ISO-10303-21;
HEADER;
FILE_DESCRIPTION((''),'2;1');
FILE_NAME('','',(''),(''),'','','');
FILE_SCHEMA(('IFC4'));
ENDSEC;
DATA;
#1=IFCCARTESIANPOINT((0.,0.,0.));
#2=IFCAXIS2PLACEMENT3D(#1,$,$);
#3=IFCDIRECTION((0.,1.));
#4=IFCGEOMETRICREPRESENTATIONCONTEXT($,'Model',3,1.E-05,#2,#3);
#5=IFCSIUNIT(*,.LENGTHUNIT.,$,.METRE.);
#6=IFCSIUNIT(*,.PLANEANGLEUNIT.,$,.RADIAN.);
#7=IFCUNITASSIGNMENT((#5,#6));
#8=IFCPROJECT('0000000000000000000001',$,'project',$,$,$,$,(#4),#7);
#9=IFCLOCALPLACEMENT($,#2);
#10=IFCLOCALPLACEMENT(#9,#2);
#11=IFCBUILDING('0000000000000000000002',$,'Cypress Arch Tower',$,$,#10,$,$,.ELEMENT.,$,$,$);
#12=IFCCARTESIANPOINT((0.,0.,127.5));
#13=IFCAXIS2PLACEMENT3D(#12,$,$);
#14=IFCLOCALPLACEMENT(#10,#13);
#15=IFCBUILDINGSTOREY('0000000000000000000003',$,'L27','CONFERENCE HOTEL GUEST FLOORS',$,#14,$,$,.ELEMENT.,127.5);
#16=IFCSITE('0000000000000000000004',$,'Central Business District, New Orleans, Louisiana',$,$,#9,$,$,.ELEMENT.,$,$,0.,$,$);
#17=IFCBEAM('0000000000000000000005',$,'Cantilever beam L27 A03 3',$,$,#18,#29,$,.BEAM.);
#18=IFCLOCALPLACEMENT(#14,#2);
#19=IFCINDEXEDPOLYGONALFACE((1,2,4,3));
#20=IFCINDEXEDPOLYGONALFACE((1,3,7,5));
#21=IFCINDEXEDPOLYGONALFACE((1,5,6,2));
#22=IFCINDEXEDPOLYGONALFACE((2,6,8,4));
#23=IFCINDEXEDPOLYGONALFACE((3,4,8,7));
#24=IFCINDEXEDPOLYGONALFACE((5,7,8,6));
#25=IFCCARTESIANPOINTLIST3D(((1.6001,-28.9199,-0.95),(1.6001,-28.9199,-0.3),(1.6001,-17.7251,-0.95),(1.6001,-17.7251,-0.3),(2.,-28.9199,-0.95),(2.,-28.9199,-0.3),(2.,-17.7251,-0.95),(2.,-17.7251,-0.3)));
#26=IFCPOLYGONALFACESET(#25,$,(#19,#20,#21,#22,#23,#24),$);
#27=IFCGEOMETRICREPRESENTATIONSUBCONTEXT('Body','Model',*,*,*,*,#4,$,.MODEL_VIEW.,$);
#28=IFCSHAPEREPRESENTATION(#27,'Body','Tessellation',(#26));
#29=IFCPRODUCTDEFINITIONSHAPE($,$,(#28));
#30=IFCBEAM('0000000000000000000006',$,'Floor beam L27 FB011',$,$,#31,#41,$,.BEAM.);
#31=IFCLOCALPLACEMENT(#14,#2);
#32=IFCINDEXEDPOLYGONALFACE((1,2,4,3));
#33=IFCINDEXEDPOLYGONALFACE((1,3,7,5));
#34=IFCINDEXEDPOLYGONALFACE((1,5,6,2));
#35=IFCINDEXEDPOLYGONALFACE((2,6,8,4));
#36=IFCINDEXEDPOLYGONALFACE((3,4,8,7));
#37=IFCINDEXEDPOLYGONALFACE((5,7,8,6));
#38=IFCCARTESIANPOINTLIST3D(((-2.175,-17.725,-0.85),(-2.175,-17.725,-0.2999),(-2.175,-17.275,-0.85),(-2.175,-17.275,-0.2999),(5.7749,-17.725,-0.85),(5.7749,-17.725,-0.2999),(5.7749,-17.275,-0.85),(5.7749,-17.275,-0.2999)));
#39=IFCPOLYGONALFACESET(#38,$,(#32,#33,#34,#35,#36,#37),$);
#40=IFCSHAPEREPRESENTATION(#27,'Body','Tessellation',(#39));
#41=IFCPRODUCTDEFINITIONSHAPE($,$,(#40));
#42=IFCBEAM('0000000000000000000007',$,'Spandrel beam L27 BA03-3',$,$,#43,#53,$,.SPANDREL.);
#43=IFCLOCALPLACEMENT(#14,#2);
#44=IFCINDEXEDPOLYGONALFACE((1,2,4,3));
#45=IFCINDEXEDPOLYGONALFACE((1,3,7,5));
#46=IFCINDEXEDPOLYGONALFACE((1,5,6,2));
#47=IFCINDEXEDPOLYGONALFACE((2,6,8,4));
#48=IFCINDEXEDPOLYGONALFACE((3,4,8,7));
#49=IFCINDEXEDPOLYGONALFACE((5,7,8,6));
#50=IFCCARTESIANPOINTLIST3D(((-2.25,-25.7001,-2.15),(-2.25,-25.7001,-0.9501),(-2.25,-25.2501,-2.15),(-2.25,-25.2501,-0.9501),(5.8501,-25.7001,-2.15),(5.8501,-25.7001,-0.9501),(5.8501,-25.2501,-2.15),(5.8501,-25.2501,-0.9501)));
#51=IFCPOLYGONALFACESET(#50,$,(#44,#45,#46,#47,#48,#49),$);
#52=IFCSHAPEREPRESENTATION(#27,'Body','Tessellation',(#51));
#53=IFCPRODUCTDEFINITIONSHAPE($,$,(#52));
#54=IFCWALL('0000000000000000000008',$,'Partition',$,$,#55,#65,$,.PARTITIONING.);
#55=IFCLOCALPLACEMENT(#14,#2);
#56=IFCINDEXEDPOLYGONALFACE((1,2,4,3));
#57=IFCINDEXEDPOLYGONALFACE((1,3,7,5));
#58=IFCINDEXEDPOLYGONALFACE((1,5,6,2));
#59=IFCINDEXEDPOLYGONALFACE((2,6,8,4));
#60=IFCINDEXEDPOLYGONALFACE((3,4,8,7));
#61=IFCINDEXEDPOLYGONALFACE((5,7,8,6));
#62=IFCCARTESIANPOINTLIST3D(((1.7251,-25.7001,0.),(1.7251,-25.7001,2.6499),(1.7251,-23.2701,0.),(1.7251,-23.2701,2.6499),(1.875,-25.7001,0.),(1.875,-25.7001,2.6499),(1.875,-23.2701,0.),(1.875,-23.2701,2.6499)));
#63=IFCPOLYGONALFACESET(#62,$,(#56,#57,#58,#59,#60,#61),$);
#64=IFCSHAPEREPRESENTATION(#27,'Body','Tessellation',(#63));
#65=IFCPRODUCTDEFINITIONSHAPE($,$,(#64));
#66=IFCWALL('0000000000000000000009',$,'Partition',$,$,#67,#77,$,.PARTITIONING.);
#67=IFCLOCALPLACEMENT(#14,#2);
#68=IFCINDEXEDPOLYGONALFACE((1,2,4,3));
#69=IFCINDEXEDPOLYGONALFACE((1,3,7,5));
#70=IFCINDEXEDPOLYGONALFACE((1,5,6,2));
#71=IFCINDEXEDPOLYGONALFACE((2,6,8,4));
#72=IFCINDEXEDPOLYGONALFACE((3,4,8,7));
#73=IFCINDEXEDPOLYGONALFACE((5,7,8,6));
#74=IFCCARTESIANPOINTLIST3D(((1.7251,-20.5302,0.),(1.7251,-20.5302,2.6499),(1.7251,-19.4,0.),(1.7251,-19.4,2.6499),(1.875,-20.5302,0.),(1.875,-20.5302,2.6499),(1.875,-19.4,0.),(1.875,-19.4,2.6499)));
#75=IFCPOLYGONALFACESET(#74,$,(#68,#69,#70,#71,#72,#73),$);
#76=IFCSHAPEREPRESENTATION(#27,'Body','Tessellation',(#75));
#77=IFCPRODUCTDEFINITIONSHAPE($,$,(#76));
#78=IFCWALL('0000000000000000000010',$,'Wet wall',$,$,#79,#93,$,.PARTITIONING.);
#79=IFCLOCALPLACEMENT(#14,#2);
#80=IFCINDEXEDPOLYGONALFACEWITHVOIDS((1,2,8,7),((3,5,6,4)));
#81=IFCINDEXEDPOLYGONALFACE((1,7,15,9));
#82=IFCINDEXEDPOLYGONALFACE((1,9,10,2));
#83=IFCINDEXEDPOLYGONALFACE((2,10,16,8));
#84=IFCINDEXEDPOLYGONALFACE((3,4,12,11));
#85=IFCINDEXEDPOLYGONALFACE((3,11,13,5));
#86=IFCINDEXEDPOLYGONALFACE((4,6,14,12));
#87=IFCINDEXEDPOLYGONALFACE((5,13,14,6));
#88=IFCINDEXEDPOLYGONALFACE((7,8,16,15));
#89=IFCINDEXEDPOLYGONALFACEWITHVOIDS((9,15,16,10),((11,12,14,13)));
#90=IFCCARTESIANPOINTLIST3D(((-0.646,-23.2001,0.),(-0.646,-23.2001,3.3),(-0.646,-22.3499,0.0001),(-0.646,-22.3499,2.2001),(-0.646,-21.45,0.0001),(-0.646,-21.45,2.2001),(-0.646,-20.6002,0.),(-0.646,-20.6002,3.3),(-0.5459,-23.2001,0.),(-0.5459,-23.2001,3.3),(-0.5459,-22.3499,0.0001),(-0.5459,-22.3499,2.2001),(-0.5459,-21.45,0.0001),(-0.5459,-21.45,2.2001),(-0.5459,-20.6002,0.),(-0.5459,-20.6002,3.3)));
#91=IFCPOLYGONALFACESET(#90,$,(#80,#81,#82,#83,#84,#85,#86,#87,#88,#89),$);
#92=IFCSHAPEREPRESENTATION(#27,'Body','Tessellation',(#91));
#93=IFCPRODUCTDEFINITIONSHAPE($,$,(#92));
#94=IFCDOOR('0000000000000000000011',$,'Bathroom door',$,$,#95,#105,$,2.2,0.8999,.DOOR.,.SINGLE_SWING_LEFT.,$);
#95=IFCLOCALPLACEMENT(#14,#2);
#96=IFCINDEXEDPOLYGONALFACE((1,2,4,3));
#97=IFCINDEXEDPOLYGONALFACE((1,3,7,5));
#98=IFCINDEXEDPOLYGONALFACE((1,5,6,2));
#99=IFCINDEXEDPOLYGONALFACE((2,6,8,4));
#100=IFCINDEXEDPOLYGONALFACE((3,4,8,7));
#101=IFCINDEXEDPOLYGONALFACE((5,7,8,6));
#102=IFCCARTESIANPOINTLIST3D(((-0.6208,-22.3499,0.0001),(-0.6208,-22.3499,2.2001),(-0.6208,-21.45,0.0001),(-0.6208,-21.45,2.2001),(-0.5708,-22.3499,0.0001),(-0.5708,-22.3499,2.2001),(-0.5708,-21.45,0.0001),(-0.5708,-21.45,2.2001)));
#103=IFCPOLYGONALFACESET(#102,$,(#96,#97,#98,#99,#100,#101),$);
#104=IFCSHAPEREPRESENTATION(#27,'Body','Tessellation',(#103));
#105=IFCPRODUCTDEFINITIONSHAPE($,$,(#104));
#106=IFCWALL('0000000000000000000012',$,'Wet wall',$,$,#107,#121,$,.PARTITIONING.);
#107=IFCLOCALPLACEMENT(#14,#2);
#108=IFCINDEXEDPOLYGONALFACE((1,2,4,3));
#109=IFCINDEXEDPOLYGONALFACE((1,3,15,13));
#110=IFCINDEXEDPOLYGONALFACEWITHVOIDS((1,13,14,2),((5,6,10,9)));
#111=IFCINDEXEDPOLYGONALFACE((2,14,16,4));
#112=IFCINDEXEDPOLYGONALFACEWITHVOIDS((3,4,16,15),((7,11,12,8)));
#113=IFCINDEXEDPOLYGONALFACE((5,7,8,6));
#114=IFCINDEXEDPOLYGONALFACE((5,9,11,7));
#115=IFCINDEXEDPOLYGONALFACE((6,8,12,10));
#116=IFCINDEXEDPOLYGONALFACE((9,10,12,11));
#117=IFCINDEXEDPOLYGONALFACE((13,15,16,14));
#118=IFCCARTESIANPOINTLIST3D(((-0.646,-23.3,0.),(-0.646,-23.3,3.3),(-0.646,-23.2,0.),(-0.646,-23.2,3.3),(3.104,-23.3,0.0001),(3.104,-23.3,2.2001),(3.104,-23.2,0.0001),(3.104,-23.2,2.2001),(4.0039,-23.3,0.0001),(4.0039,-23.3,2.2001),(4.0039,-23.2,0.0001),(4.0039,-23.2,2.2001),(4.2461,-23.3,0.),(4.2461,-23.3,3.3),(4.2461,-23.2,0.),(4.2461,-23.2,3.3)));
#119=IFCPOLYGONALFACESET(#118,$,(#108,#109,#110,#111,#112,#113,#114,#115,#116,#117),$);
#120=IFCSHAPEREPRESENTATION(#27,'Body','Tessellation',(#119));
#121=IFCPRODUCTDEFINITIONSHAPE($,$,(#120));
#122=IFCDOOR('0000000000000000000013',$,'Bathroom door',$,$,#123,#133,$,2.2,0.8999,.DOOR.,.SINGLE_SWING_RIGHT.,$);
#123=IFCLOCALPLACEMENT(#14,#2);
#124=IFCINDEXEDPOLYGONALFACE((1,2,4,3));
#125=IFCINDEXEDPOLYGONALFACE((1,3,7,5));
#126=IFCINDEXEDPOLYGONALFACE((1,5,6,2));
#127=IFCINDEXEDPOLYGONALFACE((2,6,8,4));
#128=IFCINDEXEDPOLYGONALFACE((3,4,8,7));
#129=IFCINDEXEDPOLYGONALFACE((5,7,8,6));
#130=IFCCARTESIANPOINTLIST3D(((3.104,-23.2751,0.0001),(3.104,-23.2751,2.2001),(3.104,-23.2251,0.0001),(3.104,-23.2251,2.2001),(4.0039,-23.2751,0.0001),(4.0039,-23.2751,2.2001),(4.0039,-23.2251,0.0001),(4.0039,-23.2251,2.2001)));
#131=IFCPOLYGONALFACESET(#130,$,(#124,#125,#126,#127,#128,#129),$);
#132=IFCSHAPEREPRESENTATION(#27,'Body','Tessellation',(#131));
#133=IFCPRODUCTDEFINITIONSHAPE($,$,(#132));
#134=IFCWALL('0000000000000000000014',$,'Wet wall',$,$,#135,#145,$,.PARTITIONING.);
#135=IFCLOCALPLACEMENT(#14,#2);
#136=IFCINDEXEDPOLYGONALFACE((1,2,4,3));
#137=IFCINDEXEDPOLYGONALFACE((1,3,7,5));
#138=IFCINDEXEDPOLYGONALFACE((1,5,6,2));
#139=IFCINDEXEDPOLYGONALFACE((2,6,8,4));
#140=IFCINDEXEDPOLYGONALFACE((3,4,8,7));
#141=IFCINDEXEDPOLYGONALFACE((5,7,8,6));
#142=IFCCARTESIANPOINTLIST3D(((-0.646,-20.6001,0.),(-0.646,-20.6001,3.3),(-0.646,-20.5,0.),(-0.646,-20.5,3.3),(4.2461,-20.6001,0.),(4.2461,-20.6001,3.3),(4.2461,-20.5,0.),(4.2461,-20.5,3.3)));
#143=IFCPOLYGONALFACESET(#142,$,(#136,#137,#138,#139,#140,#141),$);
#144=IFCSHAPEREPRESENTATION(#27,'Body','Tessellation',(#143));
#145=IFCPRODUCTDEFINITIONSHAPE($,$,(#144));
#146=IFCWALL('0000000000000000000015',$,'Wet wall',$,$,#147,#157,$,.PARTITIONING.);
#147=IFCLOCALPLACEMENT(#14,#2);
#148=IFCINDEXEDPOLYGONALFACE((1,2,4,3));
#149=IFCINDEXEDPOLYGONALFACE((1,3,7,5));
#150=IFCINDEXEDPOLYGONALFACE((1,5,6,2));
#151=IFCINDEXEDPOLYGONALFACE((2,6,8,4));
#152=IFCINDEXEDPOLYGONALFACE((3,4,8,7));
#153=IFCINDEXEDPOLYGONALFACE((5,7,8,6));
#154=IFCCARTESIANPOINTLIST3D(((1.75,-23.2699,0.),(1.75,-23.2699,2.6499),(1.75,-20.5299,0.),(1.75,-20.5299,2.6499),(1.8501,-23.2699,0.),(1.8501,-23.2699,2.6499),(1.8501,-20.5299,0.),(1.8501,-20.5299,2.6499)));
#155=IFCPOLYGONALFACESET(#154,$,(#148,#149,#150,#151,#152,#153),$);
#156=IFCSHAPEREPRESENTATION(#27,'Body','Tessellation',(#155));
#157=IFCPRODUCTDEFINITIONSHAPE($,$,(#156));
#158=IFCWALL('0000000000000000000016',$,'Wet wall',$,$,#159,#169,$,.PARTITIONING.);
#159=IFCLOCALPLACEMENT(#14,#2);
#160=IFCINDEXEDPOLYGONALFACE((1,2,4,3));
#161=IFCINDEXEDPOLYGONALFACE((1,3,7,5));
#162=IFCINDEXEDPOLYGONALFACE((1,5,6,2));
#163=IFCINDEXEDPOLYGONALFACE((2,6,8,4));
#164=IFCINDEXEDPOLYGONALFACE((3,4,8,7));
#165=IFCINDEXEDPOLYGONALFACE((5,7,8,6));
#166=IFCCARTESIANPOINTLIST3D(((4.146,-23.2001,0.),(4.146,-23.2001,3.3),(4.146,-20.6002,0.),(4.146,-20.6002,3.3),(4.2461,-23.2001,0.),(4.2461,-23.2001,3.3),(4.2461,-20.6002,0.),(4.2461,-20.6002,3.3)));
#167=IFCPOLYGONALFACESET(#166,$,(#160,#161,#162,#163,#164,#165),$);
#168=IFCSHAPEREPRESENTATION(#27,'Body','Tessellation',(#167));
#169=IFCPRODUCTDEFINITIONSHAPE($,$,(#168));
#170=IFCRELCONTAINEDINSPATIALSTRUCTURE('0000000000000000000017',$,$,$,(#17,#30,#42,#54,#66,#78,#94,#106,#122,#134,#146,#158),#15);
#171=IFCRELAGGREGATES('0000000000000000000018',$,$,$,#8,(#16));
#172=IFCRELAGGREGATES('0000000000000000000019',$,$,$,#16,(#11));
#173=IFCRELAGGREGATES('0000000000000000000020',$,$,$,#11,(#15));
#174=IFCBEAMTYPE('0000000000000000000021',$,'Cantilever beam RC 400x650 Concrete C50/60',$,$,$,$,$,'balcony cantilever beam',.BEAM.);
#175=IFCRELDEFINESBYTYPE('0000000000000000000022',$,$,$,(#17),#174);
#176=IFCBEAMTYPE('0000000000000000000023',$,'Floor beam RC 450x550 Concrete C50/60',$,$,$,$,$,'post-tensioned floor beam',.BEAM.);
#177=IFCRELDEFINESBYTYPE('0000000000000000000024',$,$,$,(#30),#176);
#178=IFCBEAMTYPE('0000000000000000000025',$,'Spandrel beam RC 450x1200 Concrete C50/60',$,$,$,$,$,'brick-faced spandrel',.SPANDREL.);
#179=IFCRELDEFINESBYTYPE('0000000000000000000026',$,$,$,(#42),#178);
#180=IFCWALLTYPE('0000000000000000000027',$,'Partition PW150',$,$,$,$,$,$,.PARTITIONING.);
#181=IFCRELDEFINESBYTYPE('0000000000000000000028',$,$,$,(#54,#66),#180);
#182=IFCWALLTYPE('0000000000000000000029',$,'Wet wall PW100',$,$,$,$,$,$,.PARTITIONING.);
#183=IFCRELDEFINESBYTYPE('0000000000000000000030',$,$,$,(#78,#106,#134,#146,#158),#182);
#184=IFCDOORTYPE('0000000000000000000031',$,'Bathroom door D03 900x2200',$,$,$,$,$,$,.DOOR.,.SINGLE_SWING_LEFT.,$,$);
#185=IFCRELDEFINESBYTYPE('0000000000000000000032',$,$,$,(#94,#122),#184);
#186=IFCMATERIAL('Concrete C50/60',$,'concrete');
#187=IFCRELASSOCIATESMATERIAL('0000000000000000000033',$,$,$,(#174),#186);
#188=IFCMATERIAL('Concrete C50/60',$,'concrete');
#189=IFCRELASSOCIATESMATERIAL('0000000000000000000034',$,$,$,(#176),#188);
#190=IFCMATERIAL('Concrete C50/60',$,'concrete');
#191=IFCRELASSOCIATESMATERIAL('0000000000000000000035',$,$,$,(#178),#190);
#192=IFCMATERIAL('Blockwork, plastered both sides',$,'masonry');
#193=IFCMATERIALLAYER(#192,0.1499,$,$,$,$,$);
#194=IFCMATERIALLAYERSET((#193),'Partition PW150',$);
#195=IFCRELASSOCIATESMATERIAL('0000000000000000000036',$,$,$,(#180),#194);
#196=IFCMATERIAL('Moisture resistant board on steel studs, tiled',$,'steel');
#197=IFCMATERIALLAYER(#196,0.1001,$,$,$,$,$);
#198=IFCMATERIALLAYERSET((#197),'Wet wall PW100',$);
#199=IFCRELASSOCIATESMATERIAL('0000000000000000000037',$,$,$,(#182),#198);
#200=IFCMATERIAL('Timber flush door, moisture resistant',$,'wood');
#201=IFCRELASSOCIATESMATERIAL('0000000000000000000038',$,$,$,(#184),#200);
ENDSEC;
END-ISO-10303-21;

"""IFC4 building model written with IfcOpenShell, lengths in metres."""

from ifc_helpers import new_model, si_unit, direction, frame, frame_2d, origin, origin_2d, place, context, subcontext, project, spatial, rectangle, extrude, material, layer, layer_set, material_profile, profile_set, type_object, element, fill, save


model = new_model("IFC4")

# Units and contexts
model_context = context("Model", 3, precision=1e-05, world=origin(), true_north=direction((0.0, 1.0)))
body_context = subcontext(model_context, "Body", "Model", "MODEL_VIEW")
ifc_project = project(units=[si_unit("LENGTHUNIT", "METRE"), si_unit("PLANEANGLEUNIT", "RADIAN")], contexts=[model_context])

# Site, building, storey
site_placement = place(None, origin())
site = spatial("IfcSite", under=ifc_project, at=site_placement, Name="Central Business District, New Orleans, Louisiana", CompositionType="ELEMENT", RefElevation=0.0)
building_placement = place(site_placement, origin())
building = spatial("IfcBuilding", under=site, at=building_placement, Name="Cypress Arch Tower", CompositionType="ELEMENT")
storey_placement = place(building_placement, frame((0.0, 0.0, 127.5)))
storey = spatial("IfcBuildingStorey", under=building, at=storey_placement, Name="L27", Description="CONFERENCE HOTEL GUEST FLOORS", CompositionType="ELEMENT", Elevation=127.5)

# Beams
ifc_material_1 = material(Name="Concrete C50/60", Category="concrete")
ifc_material_profile_1 = material_profile(ifc_material_1, rectangle(XDim=0.3999, YDim=0.6499, at=origin_2d()), Name="RC 400x650")
ifc_profile_set_1 = profile_set([ifc_material_profile_1], Name="Concrete C50/60")
beam_type_1 = type_object("IfcBeamType", Name="Cantilever beam RC 400x650 Concrete C50/60", ElementType="balcony cantilever beam", PredefinedType="BEAM", material=ifc_profile_set_1)
beam_1_placement = place(storey_placement, frame((1.8, -17.7251, -0.625), z_axis=(0.0, -1.0, 0.0), x_axis=(1.0, 0.0, 0.0)))
element("IfcBeam", 1, at=beam_1_placement, inside=storey, type_object=beam_type_1, Name="Cantilever beam L27 A03 3", PredefinedType="BEAM", context=body_context, shape_type="SweptSolid", body=[
    extrude(rectangle(XDim=0.3999, YDim=0.6499, at=origin_2d()), origin(), (0.0, 0.0, 1.0), 11.1948),
])
ifc_material_2 = material(Name="Concrete C50/60", Category="concrete")
ifc_material_profile_2 = material_profile(ifc_material_2, rectangle(XDim=0.45, YDim=0.55, at=origin_2d()), Name="RC 450x550")
ifc_profile_set_2 = profile_set([ifc_material_profile_2], Name="Concrete C50/60")
beam_type_2 = type_object("IfcBeamType", Name="Floor beam RC 450x550 Concrete C50/60", ElementType="post-tensioned floor beam", PredefinedType="BEAM", material=ifc_profile_set_2)
beam_2_placement = place(storey_placement, frame((-2.175, -17.5, -0.575), z_axis=(1.0, 0.0, 0.0), x_axis=(0.0, 1.0, 0.0)))
element("IfcBeam", 2, at=beam_2_placement, inside=storey, type_object=beam_type_2, Name="Floor beam L27 FB011", PredefinedType="BEAM", context=body_context, shape_type="SweptSolid", body=[
    extrude(rectangle(XDim=0.45, YDim=0.55, at=origin_2d()), origin(), (0.0, 0.0, 1.0), 7.95),
])
ifc_material_3 = material(Name="Concrete C50/60", Category="concrete")
ifc_material_profile_3 = material_profile(ifc_material_3, rectangle(XDim=0.45, YDim=1.2, at=origin_2d()), Name="RC 450x1200")
ifc_profile_set_3 = profile_set([ifc_material_profile_3], Name="Concrete C50/60")
beam_type_3 = type_object("IfcBeamType", Name="Spandrel beam RC 450x1200 Concrete C50/60", ElementType="brick-faced spandrel", PredefinedType="SPANDREL", material=ifc_profile_set_3)
beam_3_placement = place(storey_placement, frame((-2.25, -25.4751, -1.55), z_axis=(1.0, 0.0, 0.0), x_axis=(0.0, 1.0, 0.0)))
element("IfcBeam", 3, at=beam_3_placement, inside=storey, type_object=beam_type_3, Name="Spandrel beam L27 BA03-3", PredefinedType="SPANDREL", context=body_context, shape_type="SweptSolid", body=[
    extrude(rectangle(XDim=0.45, YDim=1.2, at=origin_2d()), origin(), (0.0, 0.0, 1.0), 8.1001),
])

# Walls
ifc_material_4 = material(Name="Blockwork, plastered both sides", Category="masonry")
ifc_layer_1 = layer(ifc_material_4, 0.1499)
ifc_layer_set_1 = layer_set([ifc_layer_1], Name="Partition PW150")
wall_type_1 = type_object("IfcWallType", Name="Partition PW150", PredefinedType="PARTITIONING", material=ifc_layer_set_1)
wall_1_placement = place(storey_placement, frame((1.8, -25.7, 0.0), z_axis=(0.0, 0.0, 1.0), x_axis=(0.0, 1.0, 0.0)))
element("IfcWall", 4, at=wall_1_placement, inside=storey, type_object=wall_type_1, Name="Partition", PredefinedType="PARTITIONING", context=body_context, shape_type="SweptSolid", body=[
    extrude(rectangle(XDim=2.4299, YDim=0.1499, at=frame_2d((1.2148, 0.0))), origin(), (0.0, 0.0, 1.0), 2.6499),
])
wall_2_placement = place(storey_placement, frame((1.8, -20.53, 0.0), z_axis=(0.0, 0.0, 1.0), x_axis=(0.0, 1.0, 0.0)))
element("IfcWall", 5, at=wall_2_placement, inside=storey, type_object=wall_type_1, Name="Partition", PredefinedType="PARTITIONING", context=body_context, shape_type="SweptSolid", body=[
    extrude(rectangle(XDim=1.1301, YDim=0.1499, at=frame_2d((0.5649, 0.0))), origin(), (0.0, 0.0, 1.0), 2.6499),
])

# Walls, openings, doors
ifc_material_5 = material(Name="Moisture resistant board on steel studs, tiled", Category="steel")
ifc_layer_2 = layer(ifc_material_5, 0.1001)
ifc_layer_set_2 = layer_set([ifc_layer_2], Name="Wet wall PW100")
wall_type_2 = type_object("IfcWallType", Name="Wet wall PW100", PredefinedType="PARTITIONING", material=ifc_layer_set_2)
wall_3_placement = place(storey_placement, frame((-0.5959, -23.2, 0.0), z_axis=(0.0, 0.0, 1.0), x_axis=(0.0, 1.0, 0.0)))
wall_3 = element("IfcWall", 6, at=wall_3_placement, inside=storey, type_object=wall_type_2, Name="Wet wall", PredefinedType="PARTITIONING", context=body_context, shape_type="SweptSolid", body=[
    extrude(rectangle(XDim=2.5999, YDim=0.1001, at=frame_2d((1.2998, 0.0))), origin(), (0.0, 0.0, 1.0), 3.3),
])
opening_1_placement = place(wall_3_placement, frame((0.8501, 0.0, 0.0)))
opening_1 = element("IfcOpeningElement", 7, at=opening_1_placement, cuts=wall_3, PredefinedType="OPENING", context=body_context, shape_type="SweptSolid", body=[
    extrude(rectangle(XDim=0.8999, YDim=2.2, at=frame_2d((0.45, 1.1001))), frame((0.0, 0.0601, 0.0), z_axis=(0.0, -1.0, 0.0), x_axis=(1.0, 0.0, 0.0)), (0.0, 0.0, 1.0), 0.1201),
])
ifc_material_6 = material(Name="Timber flush door, moisture resistant", Category="wood")
door_type_1 = type_object("IfcDoorType", Name="Bathroom door D03 900x2200", OperationType="SINGLE_SWING_LEFT", PredefinedType="DOOR", material=ifc_material_6)
door_1_placement = place(opening_1_placement, origin())
door_1 = element("IfcDoor", 8, at=door_1_placement, inside=storey, type_object=door_type_1, Name="Bathroom door", OperationType="SINGLE_SWING_LEFT", OverallHeight=2.2, OverallWidth=0.8999, PredefinedType="DOOR", context=body_context, shape_type="SweptSolid", body=[
    extrude(rectangle(XDim=0.8999, YDim=2.2, at=frame_2d((0.45, 1.1001))), frame((0.0, 0.0249, 0.0), z_axis=(0.0, -1.0, 0.0), x_axis=(1.0, 0.0, 0.0)), (0.0, 0.0, 1.0), 0.05),
])
fill(opening_1, door_1)
wall_4_placement = place(storey_placement, frame((-0.646, -23.25, 0.0), z_axis=(0.0, 0.0, 1.0), x_axis=(1.0, 0.0, 0.0)))
wall_4 = element("IfcWall", 9, at=wall_4_placement, inside=storey, type_object=wall_type_2, Name="Wet wall", PredefinedType="PARTITIONING", context=body_context, shape_type="SweptSolid", body=[
    extrude(rectangle(XDim=4.8921, YDim=0.1001, at=frame_2d((2.446, 0.0))), origin(), (0.0, 0.0, 1.0), 3.3),
])
opening_2_placement = place(wall_4_placement, frame((3.75, 0.0, 0.0)))
opening_2 = element("IfcOpeningElement", 10, at=opening_2_placement, cuts=wall_4, PredefinedType="OPENING", context=body_context, shape_type="SweptSolid", body=[
    extrude(rectangle(XDim=0.8999, YDim=2.2, at=frame_2d((0.45, 1.1001))), frame((0.0, 0.0601, 0.0), z_axis=(0.0, -1.0, 0.0), x_axis=(1.0, 0.0, 0.0)), (0.0, 0.0, 1.0), 0.1201),
])
door_2_placement = place(opening_2_placement, origin())
door_2 = element("IfcDoor", 11, at=door_2_placement, inside=storey, type_object=door_type_1, Name="Bathroom door", OperationType="SINGLE_SWING_RIGHT", OverallHeight=2.2, OverallWidth=0.8999, PredefinedType="DOOR", context=body_context, shape_type="SweptSolid", body=[
    extrude(rectangle(XDim=0.8999, YDim=2.2, at=frame_2d((0.45, 1.1001))), frame((0.0, 0.0249, 0.0), z_axis=(0.0, -1.0, 0.0), x_axis=(1.0, 0.0, 0.0)), (0.0, 0.0, 1.0), 0.05),
])
fill(opening_2, door_2)

# Walls
wall_5_placement = place(storey_placement, frame((-0.646, -20.55, 0.0), z_axis=(0.0, 0.0, 1.0), x_axis=(1.0, 0.0, 0.0)))
element("IfcWall", 12, at=wall_5_placement, inside=storey, type_object=wall_type_2, Name="Wet wall", PredefinedType="PARTITIONING", context=body_context, shape_type="SweptSolid", body=[
    extrude(rectangle(XDim=4.8921, YDim=0.1001, at=frame_2d((2.446, 0.0))), origin(), (0.0, 0.0, 1.0), 3.3),
])
wall_6_placement = place(storey_placement, frame((1.8, -23.27, 0.0), z_axis=(0.0, 0.0, 1.0), x_axis=(0.0, 1.0, 0.0)))
element("IfcWall", 13, at=wall_6_placement, inside=storey, type_object=wall_type_2, Name="Wet wall", PredefinedType="PARTITIONING", context=body_context, shape_type="SweptSolid", body=[
    extrude(rectangle(XDim=2.74, YDim=0.1001, at=frame_2d((1.3701, 0.0))), origin(), (0.0, 0.0, 1.0), 2.6499),
])
wall_7_placement = place(storey_placement, frame((4.196, -23.2, 0.0), z_axis=(0.0, 0.0, 1.0), x_axis=(0.0, 1.0, 0.0)))
element("IfcWall", 14, at=wall_7_placement, inside=storey, type_object=wall_type_2, Name="Wet wall", PredefinedType="PARTITIONING", context=body_context, shape_type="SweptSolid", body=[
    extrude(rectangle(XDim=2.5999, YDim=0.1001, at=frame_2d((1.2998, 0.0))), origin(), (0.0, 0.0, 1.0), 3.3),
])

save(model, "model.ifc")
